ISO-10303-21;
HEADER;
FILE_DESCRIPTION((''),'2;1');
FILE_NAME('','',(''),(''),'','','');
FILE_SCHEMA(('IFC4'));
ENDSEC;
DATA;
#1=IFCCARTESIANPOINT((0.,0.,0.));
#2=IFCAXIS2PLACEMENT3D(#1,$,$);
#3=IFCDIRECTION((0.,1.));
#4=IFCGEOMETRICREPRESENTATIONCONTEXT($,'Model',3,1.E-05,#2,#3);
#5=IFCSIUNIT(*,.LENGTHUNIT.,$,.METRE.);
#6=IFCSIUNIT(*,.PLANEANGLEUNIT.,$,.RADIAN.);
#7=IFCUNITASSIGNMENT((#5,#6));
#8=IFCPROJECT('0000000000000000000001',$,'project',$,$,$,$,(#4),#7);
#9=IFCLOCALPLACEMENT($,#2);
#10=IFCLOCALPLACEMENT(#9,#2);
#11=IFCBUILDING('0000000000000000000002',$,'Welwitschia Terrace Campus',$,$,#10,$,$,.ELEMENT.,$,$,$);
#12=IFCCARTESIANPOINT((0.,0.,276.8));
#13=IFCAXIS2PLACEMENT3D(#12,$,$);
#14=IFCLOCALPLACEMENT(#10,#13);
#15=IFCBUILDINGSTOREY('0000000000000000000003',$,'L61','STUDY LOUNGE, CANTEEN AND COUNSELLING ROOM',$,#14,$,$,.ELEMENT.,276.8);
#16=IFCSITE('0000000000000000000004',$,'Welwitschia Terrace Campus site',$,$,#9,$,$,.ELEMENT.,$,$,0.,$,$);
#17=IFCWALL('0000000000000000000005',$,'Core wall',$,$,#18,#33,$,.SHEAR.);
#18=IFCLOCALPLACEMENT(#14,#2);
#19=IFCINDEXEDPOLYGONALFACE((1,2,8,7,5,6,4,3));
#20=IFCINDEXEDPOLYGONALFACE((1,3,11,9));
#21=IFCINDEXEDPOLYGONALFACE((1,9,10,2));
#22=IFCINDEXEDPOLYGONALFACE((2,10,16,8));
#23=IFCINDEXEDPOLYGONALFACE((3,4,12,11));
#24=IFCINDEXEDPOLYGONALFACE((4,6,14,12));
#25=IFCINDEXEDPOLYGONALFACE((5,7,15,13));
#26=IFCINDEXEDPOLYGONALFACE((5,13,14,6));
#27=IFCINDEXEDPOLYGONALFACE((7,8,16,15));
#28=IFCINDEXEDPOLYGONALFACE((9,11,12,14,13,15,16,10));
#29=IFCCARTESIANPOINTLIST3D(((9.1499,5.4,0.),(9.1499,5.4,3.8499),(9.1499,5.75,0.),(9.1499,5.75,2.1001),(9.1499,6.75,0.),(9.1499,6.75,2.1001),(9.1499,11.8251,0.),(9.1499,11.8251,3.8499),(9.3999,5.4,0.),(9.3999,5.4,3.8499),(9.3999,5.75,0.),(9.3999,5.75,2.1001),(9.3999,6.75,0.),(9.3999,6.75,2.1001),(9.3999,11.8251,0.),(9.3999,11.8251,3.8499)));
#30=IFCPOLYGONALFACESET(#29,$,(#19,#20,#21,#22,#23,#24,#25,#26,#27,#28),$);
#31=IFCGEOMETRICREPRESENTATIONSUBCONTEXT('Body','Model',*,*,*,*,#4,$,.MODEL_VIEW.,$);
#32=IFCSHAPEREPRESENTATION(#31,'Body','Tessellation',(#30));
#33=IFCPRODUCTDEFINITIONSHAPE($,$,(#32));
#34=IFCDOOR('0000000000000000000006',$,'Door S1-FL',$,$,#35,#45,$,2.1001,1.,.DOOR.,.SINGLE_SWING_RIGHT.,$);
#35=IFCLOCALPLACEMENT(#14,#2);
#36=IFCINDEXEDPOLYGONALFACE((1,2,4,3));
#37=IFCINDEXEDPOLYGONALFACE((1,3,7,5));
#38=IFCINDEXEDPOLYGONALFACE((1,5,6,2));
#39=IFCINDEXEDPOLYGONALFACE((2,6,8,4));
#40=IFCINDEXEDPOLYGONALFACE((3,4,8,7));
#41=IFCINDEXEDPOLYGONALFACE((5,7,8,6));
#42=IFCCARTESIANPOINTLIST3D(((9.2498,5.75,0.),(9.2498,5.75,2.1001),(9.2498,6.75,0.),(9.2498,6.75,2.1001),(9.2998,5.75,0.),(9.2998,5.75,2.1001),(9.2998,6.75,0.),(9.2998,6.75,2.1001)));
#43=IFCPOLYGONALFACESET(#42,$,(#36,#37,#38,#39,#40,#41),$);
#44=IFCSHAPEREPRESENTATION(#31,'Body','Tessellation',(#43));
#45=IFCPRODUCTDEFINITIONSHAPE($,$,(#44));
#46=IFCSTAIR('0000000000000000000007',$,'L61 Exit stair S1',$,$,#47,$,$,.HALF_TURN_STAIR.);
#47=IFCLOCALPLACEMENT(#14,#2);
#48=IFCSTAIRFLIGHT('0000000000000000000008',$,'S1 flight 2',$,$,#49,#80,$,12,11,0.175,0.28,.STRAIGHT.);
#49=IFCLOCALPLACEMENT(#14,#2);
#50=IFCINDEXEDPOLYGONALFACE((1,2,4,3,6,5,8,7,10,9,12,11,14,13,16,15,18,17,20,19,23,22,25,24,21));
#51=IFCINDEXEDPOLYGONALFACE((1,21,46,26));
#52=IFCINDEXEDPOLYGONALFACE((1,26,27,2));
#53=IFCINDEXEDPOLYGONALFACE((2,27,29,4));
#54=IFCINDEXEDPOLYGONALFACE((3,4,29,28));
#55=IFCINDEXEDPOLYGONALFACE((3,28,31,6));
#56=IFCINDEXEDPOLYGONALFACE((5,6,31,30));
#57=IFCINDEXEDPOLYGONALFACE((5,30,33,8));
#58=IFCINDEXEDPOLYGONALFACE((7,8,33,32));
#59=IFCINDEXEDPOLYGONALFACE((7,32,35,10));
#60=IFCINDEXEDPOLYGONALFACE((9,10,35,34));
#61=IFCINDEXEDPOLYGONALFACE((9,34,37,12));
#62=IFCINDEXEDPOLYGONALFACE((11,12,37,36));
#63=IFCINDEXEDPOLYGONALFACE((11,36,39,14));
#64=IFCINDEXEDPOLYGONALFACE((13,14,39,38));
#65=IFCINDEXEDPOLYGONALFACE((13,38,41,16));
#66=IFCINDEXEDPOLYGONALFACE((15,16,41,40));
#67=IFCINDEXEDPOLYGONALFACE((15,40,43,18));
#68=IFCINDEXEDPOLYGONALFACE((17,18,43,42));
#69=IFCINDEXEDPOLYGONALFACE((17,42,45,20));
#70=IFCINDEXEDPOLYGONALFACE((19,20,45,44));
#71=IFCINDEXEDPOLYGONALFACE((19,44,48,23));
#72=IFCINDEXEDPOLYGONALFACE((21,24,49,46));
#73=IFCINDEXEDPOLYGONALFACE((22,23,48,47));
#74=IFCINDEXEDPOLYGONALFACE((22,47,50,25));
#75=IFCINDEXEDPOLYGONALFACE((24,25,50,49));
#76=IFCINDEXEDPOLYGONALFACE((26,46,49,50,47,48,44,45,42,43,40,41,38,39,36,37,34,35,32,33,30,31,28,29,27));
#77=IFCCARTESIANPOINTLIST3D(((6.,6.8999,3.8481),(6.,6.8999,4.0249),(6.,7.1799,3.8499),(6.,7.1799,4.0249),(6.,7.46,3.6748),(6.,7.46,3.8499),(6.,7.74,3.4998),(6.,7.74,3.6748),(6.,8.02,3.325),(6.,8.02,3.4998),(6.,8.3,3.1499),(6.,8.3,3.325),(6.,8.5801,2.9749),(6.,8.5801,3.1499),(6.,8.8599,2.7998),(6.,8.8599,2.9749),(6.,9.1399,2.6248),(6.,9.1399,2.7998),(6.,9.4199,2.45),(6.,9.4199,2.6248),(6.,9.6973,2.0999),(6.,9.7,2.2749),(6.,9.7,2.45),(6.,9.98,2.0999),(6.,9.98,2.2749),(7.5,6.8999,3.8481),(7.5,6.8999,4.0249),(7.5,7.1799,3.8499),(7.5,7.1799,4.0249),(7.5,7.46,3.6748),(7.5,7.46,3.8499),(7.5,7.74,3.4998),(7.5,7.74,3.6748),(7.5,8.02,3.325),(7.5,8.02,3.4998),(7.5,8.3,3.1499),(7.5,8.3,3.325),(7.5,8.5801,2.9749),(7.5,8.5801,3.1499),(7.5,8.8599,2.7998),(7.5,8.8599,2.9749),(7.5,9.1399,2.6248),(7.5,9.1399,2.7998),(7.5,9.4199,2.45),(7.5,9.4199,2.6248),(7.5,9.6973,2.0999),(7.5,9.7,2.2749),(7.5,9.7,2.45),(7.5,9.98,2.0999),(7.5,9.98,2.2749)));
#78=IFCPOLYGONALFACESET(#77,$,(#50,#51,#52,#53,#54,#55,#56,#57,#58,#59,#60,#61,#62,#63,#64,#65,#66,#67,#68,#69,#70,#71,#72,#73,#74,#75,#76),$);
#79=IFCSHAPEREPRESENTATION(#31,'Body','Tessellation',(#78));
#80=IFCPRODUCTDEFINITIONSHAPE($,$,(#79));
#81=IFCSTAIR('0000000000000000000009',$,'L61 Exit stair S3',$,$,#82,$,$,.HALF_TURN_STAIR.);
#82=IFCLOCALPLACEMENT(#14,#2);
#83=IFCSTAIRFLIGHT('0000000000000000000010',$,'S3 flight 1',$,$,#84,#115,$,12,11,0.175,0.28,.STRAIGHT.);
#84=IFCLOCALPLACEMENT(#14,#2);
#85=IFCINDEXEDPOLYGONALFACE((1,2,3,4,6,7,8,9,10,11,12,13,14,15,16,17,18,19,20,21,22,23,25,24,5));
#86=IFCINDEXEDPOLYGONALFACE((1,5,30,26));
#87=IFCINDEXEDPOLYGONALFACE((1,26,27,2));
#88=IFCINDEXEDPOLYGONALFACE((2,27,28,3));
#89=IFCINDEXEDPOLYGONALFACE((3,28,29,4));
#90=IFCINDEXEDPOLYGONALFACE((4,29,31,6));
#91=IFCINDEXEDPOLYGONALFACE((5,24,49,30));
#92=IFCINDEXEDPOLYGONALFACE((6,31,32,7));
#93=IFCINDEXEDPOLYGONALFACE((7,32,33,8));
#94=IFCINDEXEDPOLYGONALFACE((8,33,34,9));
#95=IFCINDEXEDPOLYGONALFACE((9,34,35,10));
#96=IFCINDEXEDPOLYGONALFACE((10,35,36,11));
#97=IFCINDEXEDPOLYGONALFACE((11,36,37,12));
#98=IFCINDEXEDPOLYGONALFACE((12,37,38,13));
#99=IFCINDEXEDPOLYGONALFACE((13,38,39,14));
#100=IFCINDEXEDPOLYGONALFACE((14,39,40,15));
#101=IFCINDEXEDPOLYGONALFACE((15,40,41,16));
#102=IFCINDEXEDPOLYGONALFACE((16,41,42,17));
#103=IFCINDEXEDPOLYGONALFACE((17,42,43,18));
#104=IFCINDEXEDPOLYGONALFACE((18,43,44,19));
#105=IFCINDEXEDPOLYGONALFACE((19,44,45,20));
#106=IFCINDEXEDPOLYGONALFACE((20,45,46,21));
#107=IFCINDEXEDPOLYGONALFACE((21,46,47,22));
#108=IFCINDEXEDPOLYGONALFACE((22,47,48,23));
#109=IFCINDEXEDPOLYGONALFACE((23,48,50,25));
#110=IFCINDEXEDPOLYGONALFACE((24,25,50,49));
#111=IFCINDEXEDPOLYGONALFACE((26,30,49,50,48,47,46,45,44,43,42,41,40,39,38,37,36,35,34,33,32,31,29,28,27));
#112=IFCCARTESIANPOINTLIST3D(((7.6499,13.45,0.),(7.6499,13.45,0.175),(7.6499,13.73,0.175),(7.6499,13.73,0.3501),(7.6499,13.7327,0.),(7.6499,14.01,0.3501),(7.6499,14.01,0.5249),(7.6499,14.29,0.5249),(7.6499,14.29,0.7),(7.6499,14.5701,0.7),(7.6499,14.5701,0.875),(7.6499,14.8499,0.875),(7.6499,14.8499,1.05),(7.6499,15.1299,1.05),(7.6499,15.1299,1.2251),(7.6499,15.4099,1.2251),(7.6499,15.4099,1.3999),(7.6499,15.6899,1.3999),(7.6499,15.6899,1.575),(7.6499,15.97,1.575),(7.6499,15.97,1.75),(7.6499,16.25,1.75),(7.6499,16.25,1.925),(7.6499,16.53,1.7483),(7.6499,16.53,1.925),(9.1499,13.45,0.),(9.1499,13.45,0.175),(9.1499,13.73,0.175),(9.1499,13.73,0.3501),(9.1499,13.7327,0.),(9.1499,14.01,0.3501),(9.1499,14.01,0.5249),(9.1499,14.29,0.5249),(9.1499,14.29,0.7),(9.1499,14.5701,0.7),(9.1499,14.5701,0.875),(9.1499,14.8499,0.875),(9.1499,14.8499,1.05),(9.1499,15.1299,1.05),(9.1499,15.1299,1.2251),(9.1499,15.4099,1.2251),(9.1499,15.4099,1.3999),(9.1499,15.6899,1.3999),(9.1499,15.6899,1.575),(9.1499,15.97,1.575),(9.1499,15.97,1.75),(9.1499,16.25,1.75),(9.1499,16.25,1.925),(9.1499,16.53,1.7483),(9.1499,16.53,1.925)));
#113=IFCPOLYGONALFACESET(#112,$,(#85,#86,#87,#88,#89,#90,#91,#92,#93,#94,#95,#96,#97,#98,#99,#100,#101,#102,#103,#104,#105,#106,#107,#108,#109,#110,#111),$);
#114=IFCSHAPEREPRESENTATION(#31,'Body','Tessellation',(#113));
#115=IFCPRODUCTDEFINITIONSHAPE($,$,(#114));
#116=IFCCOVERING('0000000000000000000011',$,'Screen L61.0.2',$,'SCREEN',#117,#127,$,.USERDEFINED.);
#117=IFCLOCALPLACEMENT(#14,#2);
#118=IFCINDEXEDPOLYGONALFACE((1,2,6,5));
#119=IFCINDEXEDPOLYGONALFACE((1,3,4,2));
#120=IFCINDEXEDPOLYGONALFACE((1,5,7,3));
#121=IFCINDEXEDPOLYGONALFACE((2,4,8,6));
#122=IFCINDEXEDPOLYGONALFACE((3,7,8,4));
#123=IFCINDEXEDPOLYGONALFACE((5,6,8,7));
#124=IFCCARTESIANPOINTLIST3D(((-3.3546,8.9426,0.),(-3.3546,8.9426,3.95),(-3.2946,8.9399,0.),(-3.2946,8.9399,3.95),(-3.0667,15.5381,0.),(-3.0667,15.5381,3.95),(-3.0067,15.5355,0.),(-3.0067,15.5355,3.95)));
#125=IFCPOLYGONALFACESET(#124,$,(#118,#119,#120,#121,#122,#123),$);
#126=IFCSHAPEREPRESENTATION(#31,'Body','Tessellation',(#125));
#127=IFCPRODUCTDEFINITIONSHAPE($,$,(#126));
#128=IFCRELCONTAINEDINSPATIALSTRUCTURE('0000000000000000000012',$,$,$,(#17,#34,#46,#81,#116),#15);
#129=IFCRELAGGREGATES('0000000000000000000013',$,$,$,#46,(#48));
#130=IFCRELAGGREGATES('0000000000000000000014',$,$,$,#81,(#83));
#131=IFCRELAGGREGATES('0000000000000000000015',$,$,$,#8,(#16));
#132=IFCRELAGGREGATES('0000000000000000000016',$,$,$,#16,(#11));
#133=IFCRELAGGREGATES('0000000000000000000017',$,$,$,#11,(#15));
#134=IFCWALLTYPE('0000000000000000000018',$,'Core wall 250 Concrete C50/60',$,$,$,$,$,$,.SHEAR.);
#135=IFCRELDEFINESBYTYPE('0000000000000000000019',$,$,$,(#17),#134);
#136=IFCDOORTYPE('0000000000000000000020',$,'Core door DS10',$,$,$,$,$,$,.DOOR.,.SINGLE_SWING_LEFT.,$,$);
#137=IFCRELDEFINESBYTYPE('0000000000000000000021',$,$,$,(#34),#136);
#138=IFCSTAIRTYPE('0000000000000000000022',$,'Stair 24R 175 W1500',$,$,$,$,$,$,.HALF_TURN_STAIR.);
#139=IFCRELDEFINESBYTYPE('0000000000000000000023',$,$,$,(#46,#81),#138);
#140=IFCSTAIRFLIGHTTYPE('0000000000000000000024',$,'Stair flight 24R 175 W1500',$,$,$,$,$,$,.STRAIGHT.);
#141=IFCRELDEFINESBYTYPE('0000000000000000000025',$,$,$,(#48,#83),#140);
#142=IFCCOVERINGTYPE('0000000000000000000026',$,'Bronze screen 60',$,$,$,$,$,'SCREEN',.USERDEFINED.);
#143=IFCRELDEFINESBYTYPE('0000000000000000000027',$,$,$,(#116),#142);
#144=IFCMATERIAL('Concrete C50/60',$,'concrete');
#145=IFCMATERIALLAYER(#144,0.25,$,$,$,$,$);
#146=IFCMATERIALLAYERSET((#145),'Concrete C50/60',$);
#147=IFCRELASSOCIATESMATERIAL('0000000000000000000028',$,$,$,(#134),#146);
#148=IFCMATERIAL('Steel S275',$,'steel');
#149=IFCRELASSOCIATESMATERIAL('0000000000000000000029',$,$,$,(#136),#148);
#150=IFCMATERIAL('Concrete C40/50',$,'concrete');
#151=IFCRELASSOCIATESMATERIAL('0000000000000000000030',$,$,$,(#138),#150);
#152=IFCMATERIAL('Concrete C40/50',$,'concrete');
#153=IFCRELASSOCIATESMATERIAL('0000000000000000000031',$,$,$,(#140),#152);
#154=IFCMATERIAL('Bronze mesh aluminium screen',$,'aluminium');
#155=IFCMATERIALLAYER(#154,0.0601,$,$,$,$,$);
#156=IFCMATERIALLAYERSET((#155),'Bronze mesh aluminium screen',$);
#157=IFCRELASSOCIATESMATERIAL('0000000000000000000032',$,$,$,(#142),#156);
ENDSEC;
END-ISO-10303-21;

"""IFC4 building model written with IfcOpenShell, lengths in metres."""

from ifc_helpers import new_model, si_unit, direction, frame, frame_2d, origin, origin_2d, place, context, subcontext, project, spatial, polyline, rectangle, outline, extrude, material, layer, layer_set, type_object, element, fill, aggregate, save


model = new_model("IFC4")

# Units and contexts
model_context = context("Model", 3, precision=1e-05, world=origin(), true_north=direction((0.0, 1.0)))
body_context = subcontext(model_context, "Body", "Model", "MODEL_VIEW")
ifc_project = project(units=[si_unit("LENGTHUNIT", "METRE"), si_unit("PLANEANGLEUNIT", "RADIAN")], contexts=[model_context])

# Site, building, storey
site_placement = place(None, origin())
site = spatial("IfcSite", under=ifc_project, at=site_placement, Name="Welwitschia Terrace Campus site", CompositionType="ELEMENT", RefElevation=0.0)
building_placement = place(site_placement, origin())
building = spatial("IfcBuilding", under=site, at=building_placement, Name="Welwitschia Terrace Campus", CompositionType="ELEMENT")
storey_placement = place(building_placement, frame((0.0, 0.0, 276.8)))
storey = spatial("IfcBuildingStorey", under=building, at=storey_placement, Name="L61", Description="STUDY LOUNGE, CANTEEN AND COUNSELLING ROOM", CompositionType="ELEMENT", Elevation=276.8)

# Shared definitions
ifc_material_1 = material(Name="Concrete C50/60", Category="concrete")
ifc_layer_1 = layer(ifc_material_1, 0.25)
ifc_layer_set_1 = layer_set([ifc_layer_1], Name="Concrete C50/60")
wall_type_1 = type_object("IfcWallType", Name="Core wall 250 Concrete C50/60", PredefinedType="SHEAR", material=ifc_layer_set_1)

# Wall, opening, door
wall_1_placement = place(storey_placement, frame((9.2749, 11.825, 0.0), z_axis=(0.0, 0.0, 1.0), x_axis=(0.0, -1.0, 0.0)))
wall_1 = element("IfcWall", 1, at=wall_1_placement, inside=storey, type_object=wall_type_1, Name="Core wall", PredefinedType="SHEAR", context=body_context, shape_type="SweptSolid", body=[
    extrude(rectangle(XDim=6.425, YDim=0.25, at=frame_2d((3.2124, 0.0))), origin(), (0.0, 0.0, 1.0), 3.8499),
])
opening_placement = place(wall_1_placement, frame((5.075, 0.0, 0.0)))
opening = element("IfcOpeningElement", 2, at=opening_placement, cuts=wall_1, PredefinedType="OPENING", context=body_context, shape_type="SweptSolid", body=[
    extrude(rectangle(XDim=1.0, YDim=2.1001, at=frame_2d((0.5, 1.05))), frame((0.0, 0.135, 0.0), z_axis=(0.0, -1.0, 0.0), x_axis=(1.0, 0.0, 0.0)), (0.0, 0.0, 1.0), 0.27),
])
ifc_material_2 = material(Name="Steel S275", Category="steel")
door_type = type_object("IfcDoorType", Name="Core door DS10", OperationType="SINGLE_SWING_LEFT", PredefinedType="DOOR", material=ifc_material_2)
door_placement = place(opening_placement, origin())
door = element("IfcDoor", 3, at=door_placement, inside=storey, type_object=door_type, Name="Door S1-FL", OperationType="SINGLE_SWING_RIGHT", OverallHeight=2.1001, OverallWidth=1.0, PredefinedType="DOOR", context=body_context, shape_type="SweptSolid", body=[
    extrude(rectangle(XDim=1.0, YDim=2.1001, at=frame_2d((0.5, 1.05))), frame((0.0, 0.0249, 0.0), z_axis=(0.0, -1.0, 0.0), x_axis=(1.0, 0.0, 0.0)), (0.0, 0.0, 1.0), 0.05),
])
fill(opening, door)

# Stairs, stair flights
ifc_material_3 = material(Name="Concrete C40/50", Category="concrete")
stair_type = type_object("IfcStairType", Name="Stair 24R 175 W1500", PredefinedType="HALF_TURN_STAIR", material=ifc_material_3)
stair_1_placement = place(storey_placement, origin())
stair_1 = element("IfcStair", 4, at=stair_1_placement, inside=storey, type_object=stair_type, Name="L61 Exit stair S1", PredefinedType="HALF_TURN_STAIR")
ifc_material_4 = material(Name="Concrete C40/50", Category="concrete")
stair_flight_type = type_object("IfcStairFlightType", Name="Stair flight 24R 175 W1500", PredefinedType="STRAIGHT", material=ifc_material_4)
stair_flight_1_placement = place(storey_placement, frame((6.75, 9.98, 2.0999), z_axis=(0.0, 0.0, 1.0), x_axis=(0.0, -1.0, 0.0)))
stair_flight_1 = element("IfcStairFlight", 5, at=stair_flight_1_placement, type_object=stair_flight_type, Name="S1 flight 2", NumberOfRisers=12, NumberOfTreads=11, PredefinedType="STRAIGHT", RiserHeight=0.175, TreadLength=0.28, context=body_context, shape_type="SweptSolid", body=[
    extrude(outline(polyline([(0.0, 0.0), (0.0, 0.175), (0.28, 0.175), (0.28, 0.3501), (0.5601, 0.3501), (0.5601, 0.5249), (0.8401, 0.5249), (0.8401, 0.7), (1.1201, 0.7), (1.1201, 0.875), (1.3999, 0.875), (1.3999, 1.05), (1.6799, 1.05), (1.6799, 1.2251), (1.96, 1.2251), (1.96, 1.3999), (2.24, 1.3999), (2.24, 1.575), (2.52, 1.575), (2.52, 1.75), (2.8, 1.75), (2.8, 1.925), (3.0801, 1.925), (3.0801, 2.1001), (3.0801, 1.7483), (0.2827, 0.0), (0.0, 0.0)])), frame((0.0, 0.75, 0.0), z_axis=(0.0, -1.0, 0.0), x_axis=(1.0, 0.0, 0.0)), (0.0, 0.0, 1.0), 1.5),
])
aggregate(stair_1, [stair_flight_1])
stair_2_placement = place(storey_placement, origin())
stair_2 = element("IfcStair", 6, at=stair_2_placement, inside=storey, type_object=stair_type, Name="L61 Exit stair S3", PredefinedType="HALF_TURN_STAIR")
stair_flight_2_placement = place(storey_placement, frame((8.3999, 13.45, 0.0), z_axis=(0.0, 0.0, 1.0), x_axis=(0.0, 1.0, 0.0)))
stair_flight_2 = element("IfcStairFlight", 7, at=stair_flight_2_placement, type_object=stair_flight_type, Name="S3 flight 1", NumberOfRisers=12, NumberOfTreads=11, PredefinedType="STRAIGHT", RiserHeight=0.175, TreadLength=0.28, context=body_context, shape_type="SweptSolid", body=[
    extrude(outline(polyline([(0.0, 0.0), (0.0, 0.175), (0.28, 0.175), (0.28, 0.3501), (0.5601, 0.3501), (0.5601, 0.5249), (0.8401, 0.5249), (0.8401, 0.7), (1.1201, 0.7), (1.1201, 0.875), (1.3999, 0.875), (1.3999, 1.05), (1.6799, 1.05), (1.6799, 1.2251), (1.96, 1.2251), (1.96, 1.3999), (2.24, 1.3999), (2.24, 1.575), (2.52, 1.575), (2.52, 1.75), (2.8, 1.75), (2.8, 1.925), (3.0801, 1.925), (3.0801, 2.1001), (3.0801, 1.7483), (0.2827, 0.0), (0.0, 0.0)])), frame((0.0, 0.75, 0.0), z_axis=(0.0, -1.0, 0.0), x_axis=(1.0, 0.0, 0.0)), (0.0, 0.0, 1.0), 1.5),
])
aggregate(stair_2, [stair_flight_2])

# Covering
ifc_material_5 = material(Name="Bronze mesh aluminium screen", Category="aluminium")
ifc_layer_2 = layer(ifc_material_5, 0.0601)
ifc_layer_set_2 = layer_set([ifc_layer_2], Name="Bronze mesh aluminium screen")
covering_type = type_object("IfcCoveringType", Name="Bronze screen 60", ElementType="SCREEN", PredefinedType="USERDEFINED", material=ifc_layer_set_2)
covering_placement = place(storey_placement, frame((-3.1807, 12.239, 0.0), z_axis=(0.0, 0.0, 1.0), x_axis=(-0.043619, -0.999048, 0.0)))
element("IfcCovering", 8, at=covering_placement, inside=storey, type_object=covering_type, Name="Screen L61.0.2", ObjectType="SCREEN", PredefinedType="USERDEFINED", context=body_context, shape_type="SweptSolid", body=[
    extrude(rectangle(XDim=6.6018, YDim=0.0601, at=origin_2d()), origin(), (0.0, 0.0, 1.0), 3.95),
])

save(model, "model.ifc")
